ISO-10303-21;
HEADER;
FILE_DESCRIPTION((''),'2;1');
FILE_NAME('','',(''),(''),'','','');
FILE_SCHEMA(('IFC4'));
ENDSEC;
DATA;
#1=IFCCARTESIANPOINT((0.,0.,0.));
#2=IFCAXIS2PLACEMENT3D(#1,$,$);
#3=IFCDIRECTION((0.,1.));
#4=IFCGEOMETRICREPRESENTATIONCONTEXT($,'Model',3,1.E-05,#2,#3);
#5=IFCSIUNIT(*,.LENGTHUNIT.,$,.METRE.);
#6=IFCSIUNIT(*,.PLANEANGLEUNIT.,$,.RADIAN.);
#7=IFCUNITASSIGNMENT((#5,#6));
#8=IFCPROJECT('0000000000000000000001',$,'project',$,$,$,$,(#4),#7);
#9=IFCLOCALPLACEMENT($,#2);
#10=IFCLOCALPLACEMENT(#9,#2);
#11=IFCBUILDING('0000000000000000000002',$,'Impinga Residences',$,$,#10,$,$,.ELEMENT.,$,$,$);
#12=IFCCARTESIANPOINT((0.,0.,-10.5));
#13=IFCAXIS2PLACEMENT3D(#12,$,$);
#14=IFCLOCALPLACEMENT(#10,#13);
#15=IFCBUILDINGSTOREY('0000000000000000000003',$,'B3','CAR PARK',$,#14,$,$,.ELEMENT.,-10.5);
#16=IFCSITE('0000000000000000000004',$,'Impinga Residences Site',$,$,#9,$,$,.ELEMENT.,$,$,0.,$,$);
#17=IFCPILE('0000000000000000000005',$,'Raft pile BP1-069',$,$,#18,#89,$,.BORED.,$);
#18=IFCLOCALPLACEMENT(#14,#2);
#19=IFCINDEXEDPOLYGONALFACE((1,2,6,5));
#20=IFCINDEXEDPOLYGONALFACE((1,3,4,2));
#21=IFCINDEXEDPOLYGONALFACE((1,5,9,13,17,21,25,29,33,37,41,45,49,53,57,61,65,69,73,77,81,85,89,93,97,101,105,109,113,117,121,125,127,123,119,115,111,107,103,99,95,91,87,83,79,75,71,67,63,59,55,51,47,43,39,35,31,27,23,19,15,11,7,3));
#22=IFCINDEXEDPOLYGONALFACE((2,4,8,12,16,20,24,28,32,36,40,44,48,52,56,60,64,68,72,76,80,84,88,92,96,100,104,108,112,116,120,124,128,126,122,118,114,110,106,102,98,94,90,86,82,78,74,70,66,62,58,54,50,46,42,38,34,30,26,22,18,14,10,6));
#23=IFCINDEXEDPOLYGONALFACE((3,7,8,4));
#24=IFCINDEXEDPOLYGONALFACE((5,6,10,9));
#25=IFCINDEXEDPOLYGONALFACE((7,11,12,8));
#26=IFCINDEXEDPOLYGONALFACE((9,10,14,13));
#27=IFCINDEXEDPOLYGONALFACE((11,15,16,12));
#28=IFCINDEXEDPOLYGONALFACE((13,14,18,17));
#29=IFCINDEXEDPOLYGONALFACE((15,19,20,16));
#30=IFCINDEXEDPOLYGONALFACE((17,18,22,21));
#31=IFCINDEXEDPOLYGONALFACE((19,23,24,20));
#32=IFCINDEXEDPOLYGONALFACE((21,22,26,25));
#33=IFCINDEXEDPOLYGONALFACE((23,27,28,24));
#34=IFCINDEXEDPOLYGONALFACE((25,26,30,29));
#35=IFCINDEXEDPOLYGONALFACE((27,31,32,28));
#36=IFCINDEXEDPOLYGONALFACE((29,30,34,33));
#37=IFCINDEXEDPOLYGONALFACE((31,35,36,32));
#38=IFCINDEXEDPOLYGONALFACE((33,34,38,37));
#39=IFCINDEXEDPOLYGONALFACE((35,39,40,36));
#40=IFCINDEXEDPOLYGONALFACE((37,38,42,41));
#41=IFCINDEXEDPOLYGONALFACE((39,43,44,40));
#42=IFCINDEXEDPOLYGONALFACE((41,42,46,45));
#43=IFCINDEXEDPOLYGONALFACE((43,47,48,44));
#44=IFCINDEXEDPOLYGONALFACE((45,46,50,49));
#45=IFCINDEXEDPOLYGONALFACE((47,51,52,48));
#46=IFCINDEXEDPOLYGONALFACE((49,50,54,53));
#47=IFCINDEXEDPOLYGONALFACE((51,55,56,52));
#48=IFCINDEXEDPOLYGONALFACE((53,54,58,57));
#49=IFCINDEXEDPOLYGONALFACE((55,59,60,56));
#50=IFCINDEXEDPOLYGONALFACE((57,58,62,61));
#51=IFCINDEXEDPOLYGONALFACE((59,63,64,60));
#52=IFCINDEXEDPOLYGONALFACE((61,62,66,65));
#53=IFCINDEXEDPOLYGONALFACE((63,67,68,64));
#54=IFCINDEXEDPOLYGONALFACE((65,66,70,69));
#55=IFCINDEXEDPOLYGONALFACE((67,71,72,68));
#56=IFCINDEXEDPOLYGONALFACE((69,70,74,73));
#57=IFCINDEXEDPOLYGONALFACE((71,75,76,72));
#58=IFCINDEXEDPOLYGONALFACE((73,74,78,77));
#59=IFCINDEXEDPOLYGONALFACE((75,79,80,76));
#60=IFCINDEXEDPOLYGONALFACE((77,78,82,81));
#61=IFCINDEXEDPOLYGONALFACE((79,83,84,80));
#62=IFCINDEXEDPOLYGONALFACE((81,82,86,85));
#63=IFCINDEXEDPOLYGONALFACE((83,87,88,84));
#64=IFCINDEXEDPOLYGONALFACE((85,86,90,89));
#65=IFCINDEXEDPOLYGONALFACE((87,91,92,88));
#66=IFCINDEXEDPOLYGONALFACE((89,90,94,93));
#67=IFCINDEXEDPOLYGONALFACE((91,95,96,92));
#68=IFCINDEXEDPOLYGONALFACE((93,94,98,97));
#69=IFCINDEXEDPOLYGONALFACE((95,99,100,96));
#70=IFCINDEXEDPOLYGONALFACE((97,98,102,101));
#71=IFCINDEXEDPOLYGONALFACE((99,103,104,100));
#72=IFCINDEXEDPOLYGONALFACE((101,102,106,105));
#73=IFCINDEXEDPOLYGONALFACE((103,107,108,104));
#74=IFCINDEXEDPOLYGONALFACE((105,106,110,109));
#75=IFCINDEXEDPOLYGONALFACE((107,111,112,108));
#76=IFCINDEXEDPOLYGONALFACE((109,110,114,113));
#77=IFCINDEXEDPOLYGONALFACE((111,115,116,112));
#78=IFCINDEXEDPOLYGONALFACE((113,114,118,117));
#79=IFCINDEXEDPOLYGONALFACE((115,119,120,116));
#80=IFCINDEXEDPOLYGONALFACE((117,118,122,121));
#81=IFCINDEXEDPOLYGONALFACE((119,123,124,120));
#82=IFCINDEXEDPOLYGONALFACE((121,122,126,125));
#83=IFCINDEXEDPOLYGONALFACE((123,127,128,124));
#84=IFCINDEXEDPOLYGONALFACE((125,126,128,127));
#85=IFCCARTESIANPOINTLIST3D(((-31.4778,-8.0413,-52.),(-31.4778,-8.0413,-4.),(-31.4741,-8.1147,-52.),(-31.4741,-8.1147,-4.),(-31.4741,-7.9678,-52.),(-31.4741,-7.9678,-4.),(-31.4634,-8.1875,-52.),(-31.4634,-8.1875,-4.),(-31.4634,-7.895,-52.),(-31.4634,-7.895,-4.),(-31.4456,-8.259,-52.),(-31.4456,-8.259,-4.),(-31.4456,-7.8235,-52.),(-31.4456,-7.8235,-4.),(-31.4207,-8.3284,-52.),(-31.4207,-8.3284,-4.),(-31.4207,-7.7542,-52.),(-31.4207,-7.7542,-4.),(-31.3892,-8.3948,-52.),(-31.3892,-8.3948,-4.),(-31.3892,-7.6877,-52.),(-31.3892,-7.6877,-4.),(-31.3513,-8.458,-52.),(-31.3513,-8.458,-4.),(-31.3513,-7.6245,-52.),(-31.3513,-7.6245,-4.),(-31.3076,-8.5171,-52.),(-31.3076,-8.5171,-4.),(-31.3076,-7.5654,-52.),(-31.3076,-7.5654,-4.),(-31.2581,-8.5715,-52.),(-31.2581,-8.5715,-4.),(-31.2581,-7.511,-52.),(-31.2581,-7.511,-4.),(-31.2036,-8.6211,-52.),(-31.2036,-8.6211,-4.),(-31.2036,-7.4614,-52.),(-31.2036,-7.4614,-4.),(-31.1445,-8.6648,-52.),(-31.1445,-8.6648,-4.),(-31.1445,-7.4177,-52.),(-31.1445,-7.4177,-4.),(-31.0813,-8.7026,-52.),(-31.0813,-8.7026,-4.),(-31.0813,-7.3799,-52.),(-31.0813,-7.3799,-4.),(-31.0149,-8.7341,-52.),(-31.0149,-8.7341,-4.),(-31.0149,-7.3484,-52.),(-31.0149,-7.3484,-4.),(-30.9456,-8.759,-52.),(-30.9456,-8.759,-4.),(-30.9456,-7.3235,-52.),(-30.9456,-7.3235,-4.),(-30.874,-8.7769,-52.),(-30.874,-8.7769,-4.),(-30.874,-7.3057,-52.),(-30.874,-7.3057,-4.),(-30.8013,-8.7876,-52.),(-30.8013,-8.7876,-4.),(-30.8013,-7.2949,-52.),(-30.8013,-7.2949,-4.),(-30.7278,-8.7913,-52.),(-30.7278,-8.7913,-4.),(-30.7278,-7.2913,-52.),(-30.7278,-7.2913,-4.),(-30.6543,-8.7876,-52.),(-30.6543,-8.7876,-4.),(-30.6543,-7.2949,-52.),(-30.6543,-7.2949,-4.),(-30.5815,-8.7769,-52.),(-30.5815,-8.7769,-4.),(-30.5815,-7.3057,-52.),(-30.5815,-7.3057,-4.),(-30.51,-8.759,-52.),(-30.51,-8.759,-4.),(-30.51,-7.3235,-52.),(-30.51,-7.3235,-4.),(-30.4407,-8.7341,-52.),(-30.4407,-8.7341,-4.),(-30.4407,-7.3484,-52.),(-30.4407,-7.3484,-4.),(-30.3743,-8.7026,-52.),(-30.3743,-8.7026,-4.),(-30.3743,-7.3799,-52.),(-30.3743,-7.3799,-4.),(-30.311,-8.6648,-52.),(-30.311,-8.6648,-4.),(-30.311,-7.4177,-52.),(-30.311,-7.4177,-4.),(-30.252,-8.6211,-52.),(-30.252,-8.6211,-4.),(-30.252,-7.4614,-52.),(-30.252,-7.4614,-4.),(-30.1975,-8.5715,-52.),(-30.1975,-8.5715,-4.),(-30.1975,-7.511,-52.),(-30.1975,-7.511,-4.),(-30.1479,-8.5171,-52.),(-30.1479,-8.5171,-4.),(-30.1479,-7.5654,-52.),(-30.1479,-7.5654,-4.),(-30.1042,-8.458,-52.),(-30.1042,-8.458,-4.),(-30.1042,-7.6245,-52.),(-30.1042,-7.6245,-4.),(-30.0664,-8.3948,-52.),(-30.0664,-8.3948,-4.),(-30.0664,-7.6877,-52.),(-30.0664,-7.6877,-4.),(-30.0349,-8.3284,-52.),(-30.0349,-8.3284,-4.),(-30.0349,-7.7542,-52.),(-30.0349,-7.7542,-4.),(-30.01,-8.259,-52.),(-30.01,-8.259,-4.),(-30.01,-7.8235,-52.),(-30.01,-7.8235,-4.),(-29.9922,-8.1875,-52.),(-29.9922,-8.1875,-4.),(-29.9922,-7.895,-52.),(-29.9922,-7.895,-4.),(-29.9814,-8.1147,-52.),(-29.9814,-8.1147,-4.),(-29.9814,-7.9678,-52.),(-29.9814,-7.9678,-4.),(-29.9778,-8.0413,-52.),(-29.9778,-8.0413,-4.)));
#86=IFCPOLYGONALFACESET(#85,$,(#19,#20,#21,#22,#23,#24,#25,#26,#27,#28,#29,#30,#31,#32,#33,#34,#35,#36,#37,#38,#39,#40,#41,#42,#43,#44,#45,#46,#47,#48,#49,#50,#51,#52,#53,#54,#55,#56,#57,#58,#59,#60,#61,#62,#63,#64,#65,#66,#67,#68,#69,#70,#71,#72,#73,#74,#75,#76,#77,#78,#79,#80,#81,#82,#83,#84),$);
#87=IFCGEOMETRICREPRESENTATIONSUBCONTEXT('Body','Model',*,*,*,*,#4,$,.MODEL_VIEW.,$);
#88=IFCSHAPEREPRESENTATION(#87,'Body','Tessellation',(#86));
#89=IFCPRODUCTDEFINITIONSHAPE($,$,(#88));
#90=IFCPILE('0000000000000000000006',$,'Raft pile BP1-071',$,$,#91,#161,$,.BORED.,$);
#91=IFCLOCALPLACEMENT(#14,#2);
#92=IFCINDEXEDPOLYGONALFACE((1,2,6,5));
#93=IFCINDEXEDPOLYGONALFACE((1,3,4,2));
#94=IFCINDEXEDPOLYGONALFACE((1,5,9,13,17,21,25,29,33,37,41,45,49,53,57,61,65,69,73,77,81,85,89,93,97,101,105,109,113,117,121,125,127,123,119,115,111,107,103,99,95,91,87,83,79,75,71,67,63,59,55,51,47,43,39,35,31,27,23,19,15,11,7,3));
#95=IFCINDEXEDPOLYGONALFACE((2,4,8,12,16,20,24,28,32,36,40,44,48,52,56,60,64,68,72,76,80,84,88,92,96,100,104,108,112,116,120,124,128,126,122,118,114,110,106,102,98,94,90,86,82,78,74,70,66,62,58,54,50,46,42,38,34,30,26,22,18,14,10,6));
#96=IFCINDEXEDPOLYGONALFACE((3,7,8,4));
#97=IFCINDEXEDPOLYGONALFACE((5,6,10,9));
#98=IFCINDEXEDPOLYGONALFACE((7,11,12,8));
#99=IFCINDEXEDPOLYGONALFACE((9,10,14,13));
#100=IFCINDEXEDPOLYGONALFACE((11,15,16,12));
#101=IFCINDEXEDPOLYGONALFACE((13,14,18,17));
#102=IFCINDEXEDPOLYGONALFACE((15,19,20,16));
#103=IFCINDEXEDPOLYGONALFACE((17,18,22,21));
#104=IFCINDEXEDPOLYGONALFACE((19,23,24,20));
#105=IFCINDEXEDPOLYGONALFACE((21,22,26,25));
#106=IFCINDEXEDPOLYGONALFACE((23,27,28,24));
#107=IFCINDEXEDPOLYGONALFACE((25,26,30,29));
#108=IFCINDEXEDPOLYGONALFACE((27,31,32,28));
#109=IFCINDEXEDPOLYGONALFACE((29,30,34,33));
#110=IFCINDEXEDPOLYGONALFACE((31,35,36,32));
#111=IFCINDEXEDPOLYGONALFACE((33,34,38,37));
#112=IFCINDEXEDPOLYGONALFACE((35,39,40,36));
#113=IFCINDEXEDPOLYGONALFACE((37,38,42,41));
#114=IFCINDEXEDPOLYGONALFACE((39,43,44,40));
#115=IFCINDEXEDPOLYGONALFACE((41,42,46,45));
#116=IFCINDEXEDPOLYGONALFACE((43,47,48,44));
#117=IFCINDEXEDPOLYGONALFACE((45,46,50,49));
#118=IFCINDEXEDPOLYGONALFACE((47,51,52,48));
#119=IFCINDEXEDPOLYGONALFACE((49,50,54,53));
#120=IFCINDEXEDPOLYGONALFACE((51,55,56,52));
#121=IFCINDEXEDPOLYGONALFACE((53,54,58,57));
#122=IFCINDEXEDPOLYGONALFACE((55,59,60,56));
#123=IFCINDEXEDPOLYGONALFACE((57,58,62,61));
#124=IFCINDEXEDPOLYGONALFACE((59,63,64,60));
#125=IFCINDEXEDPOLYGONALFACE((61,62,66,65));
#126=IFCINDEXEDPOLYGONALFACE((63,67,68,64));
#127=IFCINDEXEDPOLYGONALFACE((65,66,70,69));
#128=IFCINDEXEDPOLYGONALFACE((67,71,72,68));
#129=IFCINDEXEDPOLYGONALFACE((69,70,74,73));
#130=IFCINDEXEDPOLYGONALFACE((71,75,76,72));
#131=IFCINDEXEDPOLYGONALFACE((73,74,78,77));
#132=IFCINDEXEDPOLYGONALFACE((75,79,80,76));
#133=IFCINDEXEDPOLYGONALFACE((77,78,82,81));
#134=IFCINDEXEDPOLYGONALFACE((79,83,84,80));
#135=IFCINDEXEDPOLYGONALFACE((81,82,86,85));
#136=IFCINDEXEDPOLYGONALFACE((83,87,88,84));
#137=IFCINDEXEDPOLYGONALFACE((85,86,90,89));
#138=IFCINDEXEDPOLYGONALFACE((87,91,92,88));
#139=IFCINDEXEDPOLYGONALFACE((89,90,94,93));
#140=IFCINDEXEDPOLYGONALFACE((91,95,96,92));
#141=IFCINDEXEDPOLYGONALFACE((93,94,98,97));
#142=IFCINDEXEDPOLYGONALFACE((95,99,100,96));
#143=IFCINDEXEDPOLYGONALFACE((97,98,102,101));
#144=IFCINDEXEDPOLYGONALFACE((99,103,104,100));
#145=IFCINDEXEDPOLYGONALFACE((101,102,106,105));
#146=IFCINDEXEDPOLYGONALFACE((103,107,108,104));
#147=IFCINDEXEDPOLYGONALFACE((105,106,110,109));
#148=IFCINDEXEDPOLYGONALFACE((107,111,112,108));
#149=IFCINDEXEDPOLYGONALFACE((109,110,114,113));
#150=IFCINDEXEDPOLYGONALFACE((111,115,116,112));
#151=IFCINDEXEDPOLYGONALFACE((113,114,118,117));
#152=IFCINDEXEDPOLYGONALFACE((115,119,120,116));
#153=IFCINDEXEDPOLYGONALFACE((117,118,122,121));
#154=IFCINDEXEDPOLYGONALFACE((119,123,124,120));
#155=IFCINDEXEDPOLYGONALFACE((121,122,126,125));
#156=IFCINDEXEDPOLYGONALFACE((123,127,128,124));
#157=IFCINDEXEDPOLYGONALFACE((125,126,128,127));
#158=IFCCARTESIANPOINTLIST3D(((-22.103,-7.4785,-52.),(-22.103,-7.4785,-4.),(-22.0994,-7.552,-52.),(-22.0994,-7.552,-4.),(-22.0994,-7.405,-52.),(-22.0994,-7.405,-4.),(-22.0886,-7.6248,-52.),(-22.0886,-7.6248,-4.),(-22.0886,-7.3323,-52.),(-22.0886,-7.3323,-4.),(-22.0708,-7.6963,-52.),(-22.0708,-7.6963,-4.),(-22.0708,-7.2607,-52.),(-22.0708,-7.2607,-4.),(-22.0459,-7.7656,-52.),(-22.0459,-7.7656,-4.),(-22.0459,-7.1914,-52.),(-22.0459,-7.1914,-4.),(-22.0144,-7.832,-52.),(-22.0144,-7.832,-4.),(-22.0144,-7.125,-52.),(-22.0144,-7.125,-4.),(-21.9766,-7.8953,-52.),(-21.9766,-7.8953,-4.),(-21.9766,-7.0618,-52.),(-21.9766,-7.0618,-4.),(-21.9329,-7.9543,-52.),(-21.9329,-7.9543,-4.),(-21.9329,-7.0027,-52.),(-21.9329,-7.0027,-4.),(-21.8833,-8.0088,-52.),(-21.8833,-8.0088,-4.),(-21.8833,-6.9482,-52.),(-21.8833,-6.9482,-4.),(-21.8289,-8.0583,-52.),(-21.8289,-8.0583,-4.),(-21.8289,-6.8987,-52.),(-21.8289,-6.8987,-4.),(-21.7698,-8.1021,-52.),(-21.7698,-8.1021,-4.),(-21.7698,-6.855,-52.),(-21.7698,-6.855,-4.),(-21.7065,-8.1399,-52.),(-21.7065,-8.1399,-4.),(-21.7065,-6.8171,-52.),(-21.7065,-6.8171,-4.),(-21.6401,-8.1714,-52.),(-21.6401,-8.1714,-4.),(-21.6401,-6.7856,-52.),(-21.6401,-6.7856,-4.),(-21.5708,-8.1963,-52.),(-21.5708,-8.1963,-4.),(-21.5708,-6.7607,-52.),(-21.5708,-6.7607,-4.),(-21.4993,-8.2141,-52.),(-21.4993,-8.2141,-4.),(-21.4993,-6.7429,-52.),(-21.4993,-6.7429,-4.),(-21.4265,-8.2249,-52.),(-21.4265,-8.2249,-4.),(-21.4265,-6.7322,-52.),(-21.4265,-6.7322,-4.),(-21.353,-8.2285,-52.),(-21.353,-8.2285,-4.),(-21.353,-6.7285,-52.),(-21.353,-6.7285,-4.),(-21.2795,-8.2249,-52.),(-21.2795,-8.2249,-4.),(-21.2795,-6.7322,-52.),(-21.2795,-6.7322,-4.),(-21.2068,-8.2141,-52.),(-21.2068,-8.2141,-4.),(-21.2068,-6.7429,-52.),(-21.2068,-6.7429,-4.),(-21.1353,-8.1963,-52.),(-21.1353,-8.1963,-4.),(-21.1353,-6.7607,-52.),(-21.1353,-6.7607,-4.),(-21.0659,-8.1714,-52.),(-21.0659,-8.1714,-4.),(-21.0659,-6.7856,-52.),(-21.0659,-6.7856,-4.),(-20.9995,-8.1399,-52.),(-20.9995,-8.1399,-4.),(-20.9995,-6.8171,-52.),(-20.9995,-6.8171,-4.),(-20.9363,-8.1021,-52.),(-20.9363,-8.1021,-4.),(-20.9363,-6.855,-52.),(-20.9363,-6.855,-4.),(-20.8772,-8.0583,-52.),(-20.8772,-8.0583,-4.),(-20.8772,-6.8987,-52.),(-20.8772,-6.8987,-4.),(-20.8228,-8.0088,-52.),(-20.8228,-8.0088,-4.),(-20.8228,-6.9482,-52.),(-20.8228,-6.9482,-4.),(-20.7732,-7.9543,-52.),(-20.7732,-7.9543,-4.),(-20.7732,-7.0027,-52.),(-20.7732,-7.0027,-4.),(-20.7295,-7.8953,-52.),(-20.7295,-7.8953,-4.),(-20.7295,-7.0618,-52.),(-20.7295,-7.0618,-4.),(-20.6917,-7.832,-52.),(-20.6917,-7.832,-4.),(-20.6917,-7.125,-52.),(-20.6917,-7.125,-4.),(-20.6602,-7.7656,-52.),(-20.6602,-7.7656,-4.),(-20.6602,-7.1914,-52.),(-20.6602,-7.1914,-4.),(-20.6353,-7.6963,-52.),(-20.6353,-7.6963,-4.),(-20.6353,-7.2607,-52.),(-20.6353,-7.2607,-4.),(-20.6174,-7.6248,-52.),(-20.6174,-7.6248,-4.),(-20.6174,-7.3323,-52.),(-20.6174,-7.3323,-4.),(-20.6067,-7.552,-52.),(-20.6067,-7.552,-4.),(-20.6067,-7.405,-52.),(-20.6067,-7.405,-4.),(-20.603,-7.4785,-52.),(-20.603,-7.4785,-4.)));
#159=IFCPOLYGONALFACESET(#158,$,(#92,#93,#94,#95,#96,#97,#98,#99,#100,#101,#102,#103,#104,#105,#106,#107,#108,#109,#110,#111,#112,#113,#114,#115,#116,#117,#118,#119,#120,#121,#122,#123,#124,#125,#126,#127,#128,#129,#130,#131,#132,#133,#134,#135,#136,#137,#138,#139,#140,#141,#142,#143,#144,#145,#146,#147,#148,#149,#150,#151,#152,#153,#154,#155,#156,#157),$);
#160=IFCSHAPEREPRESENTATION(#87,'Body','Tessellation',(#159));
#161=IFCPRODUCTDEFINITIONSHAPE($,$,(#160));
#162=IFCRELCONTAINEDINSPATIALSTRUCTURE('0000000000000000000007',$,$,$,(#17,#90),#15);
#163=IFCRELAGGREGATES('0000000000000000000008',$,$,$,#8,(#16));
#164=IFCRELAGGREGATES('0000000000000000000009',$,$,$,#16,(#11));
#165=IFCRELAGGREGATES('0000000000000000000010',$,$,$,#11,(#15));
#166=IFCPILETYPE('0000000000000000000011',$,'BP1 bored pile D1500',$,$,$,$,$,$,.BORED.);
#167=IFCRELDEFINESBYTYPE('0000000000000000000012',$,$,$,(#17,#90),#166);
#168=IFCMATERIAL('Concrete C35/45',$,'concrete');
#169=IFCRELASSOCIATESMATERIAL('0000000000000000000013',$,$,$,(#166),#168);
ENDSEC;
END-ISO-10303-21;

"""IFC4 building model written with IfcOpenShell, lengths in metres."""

from ifc_helpers import new_model, si_unit, direction, frame, origin, origin_2d, place, context, subcontext, project, spatial, polyline, circle, outline, extrude, material, material_profile, profile_set, type_object, element, save


model = new_model("IFC4")

# Units and contexts
model_context = context("Model", 3, precision=1e-05, world=origin(), true_north=direction((0.0, 1.0)))
body_context = subcontext(model_context, "Body", "Model", "MODEL_VIEW")
ifc_project = project(units=[si_unit("LENGTHUNIT", "METRE"), si_unit("PLANEANGLEUNIT", "RADIAN")], contexts=[model_context])

# Site, building, storey
site_placement = place(None, origin())
site = spatial("IfcSite", under=ifc_project, at=site_placement, Name="Impinga Residences Site", CompositionType="ELEMENT", RefElevation=0.0)
building_placement = place(site_placement, origin())
building = spatial("IfcBuilding", under=site, at=building_placement, Name="Impinga Residences", CompositionType="ELEMENT")
storey_placement = place(building_placement, frame((0.0, 0.0, -10.5)))
storey = spatial("IfcBuildingStorey", under=building, at=storey_placement, Name="B3", Description="CAR PARK", CompositionType="ELEMENT", Elevation=-10.5)

# Piles
ifc_material_1 = material(Name="Concrete C35/45", Category="concrete")
ifc_material_profile_1 = material_profile(ifc_material_1, circle(Radius=0.75, at=origin_2d()), Name="D1500")
ifc_profile_set_1 = profile_set([ifc_material_profile_1], Name="Concrete C35/45")
pile_type_1 = type_object("IfcPileType", Name="BP1 bored pile D1500", PredefinedType="BORED", material=ifc_profile_set_1)
pile_1_placement = place(storey_placement, frame((-30.7278, -8.0413, -4.0), z_axis=(0.0, 0.0, -1.0), x_axis=(1.0, 0.0, 0.0)))
element("IfcPile", 1, at=pile_1_placement, inside=storey, type_object=pile_type_1, Name="Raft pile BP1-069", PredefinedType="BORED", context=body_context, shape_type="SweptSolid", body=[
    extrude(outline(polyline([(0.75, 0.0), (0.7463, 0.0735), (0.7356, 0.1462), (0.7178, 0.2178), (0.6929, 0.2871), (0.6614, 0.3535), (0.6235, 0.4167), (0.5798, 0.4758), (0.5303, 0.5303), (0.4758, 0.5798), (0.4167, 0.6235), (0.3535, 0.6614), (0.2871, 0.6929), (0.2178, 0.7178), (0.1462, 0.7356), (0.0735, 0.7463), (0.0, 0.75), (-0.0735, 0.7463), (-0.1462, 0.7356), (-0.2178, 0.7178), (-0.2871, 0.6929), (-0.3535, 0.6614), (-0.4167, 0.6235), (-0.4758, 0.5798), (-0.5303, 0.5303), (-0.5798, 0.4758), (-0.6235, 0.4167), (-0.6614, 0.3535), (-0.6929, 0.2871), (-0.7178, 0.2178), (-0.7356, 0.1462), (-0.7463, 0.0735), (-0.75, 0.0), (-0.7463, -0.0735), (-0.7356, -0.1462), (-0.7178, -0.2178), (-0.6929, -0.2871), (-0.6614, -0.3535), (-0.6235, -0.4167), (-0.5798, -0.4758), (-0.5303, -0.5303), (-0.4758, -0.5798), (-0.4167, -0.6235), (-0.3535, -0.6614), (-0.2871, -0.6929), (-0.2178, -0.7178), (-0.1462, -0.7356), (-0.0735, -0.7463), (0.0, -0.75), (0.0735, -0.7463), (0.1462, -0.7356), (0.2178, -0.7178), (0.2871, -0.6929), (0.3535, -0.6614), (0.4167, -0.6235), (0.4758, -0.5798), (0.5303, -0.5303), (0.5798, -0.4758), (0.6235, -0.4167), (0.6614, -0.3535), (0.6929, -0.2871), (0.7178, -0.2178), (0.7356, -0.1462), (0.7463, -0.0735), (0.75, 0.0)])), origin(), (0.0, 0.0, 1.0), 48.0),
])
pile_2_placement = place(storey_placement, frame((-21.353, -7.4785, -4.0), z_axis=(0.0, 0.0, -1.0), x_axis=(1.0, 0.0, 0.0)))
element("IfcPile", 2, at=pile_2_placement, inside=storey, type_object=pile_type_1, Name="Raft pile BP1-071", PredefinedType="BORED", context=body_context, shape_type="SweptSolid", body=[
    extrude(outline(polyline([(0.75, 0.0), (0.7463, 0.0735), (0.7356, 0.1462), (0.7178, 0.2178), (0.6929, 0.2871), (0.6614, 0.3535), (0.6235, 0.4167), (0.5798, 0.4758), (0.5303, 0.5303), (0.4758, 0.5798), (0.4167, 0.6235), (0.3535, 0.6614), (0.2871, 0.6929), (0.2178, 0.7178), (0.1462, 0.7356), (0.0735, 0.7463), (0.0, 0.75), (-0.0735, 0.7463), (-0.1462, 0.7356), (-0.2178, 0.7178), (-0.2871, 0.6929), (-0.3535, 0.6614), (-0.4167, 0.6235), (-0.4758, 0.5798), (-0.5303, 0.5303), (-0.5798, 0.4758), (-0.6235, 0.4167), (-0.6614, 0.3535), (-0.6929, 0.2871), (-0.7178, 0.2178), (-0.7356, 0.1462), (-0.7463, 0.0735), (-0.75, 0.0), (-0.7463, -0.0735), (-0.7356, -0.1462), (-0.7178, -0.2178), (-0.6929, -0.2871), (-0.6614, -0.3535), (-0.6235, -0.4167), (-0.5798, -0.4758), (-0.5303, -0.5303), (-0.4758, -0.5798), (-0.4167, -0.6235), (-0.3535, -0.6614), (-0.2871, -0.6929), (-0.2178, -0.7178), (-0.1462, -0.7356), (-0.0735, -0.7463), (0.0, -0.75), (0.0735, -0.7463), (0.1462, -0.7356), (0.2178, -0.7178), (0.2871, -0.6929), (0.3535, -0.6614), (0.4167, -0.6235), (0.4758, -0.5798), (0.5303, -0.5303), (0.5798, -0.4758), (0.6235, -0.4167), (0.6614, -0.3535), (0.6929, -0.2871), (0.7178, -0.2178), (0.7356, -0.1462), (0.7463, -0.0735), (0.75, 0.0)])), origin(), (0.0, 0.0, 1.0), 48.0),
])

save(model, "model.ifc")
